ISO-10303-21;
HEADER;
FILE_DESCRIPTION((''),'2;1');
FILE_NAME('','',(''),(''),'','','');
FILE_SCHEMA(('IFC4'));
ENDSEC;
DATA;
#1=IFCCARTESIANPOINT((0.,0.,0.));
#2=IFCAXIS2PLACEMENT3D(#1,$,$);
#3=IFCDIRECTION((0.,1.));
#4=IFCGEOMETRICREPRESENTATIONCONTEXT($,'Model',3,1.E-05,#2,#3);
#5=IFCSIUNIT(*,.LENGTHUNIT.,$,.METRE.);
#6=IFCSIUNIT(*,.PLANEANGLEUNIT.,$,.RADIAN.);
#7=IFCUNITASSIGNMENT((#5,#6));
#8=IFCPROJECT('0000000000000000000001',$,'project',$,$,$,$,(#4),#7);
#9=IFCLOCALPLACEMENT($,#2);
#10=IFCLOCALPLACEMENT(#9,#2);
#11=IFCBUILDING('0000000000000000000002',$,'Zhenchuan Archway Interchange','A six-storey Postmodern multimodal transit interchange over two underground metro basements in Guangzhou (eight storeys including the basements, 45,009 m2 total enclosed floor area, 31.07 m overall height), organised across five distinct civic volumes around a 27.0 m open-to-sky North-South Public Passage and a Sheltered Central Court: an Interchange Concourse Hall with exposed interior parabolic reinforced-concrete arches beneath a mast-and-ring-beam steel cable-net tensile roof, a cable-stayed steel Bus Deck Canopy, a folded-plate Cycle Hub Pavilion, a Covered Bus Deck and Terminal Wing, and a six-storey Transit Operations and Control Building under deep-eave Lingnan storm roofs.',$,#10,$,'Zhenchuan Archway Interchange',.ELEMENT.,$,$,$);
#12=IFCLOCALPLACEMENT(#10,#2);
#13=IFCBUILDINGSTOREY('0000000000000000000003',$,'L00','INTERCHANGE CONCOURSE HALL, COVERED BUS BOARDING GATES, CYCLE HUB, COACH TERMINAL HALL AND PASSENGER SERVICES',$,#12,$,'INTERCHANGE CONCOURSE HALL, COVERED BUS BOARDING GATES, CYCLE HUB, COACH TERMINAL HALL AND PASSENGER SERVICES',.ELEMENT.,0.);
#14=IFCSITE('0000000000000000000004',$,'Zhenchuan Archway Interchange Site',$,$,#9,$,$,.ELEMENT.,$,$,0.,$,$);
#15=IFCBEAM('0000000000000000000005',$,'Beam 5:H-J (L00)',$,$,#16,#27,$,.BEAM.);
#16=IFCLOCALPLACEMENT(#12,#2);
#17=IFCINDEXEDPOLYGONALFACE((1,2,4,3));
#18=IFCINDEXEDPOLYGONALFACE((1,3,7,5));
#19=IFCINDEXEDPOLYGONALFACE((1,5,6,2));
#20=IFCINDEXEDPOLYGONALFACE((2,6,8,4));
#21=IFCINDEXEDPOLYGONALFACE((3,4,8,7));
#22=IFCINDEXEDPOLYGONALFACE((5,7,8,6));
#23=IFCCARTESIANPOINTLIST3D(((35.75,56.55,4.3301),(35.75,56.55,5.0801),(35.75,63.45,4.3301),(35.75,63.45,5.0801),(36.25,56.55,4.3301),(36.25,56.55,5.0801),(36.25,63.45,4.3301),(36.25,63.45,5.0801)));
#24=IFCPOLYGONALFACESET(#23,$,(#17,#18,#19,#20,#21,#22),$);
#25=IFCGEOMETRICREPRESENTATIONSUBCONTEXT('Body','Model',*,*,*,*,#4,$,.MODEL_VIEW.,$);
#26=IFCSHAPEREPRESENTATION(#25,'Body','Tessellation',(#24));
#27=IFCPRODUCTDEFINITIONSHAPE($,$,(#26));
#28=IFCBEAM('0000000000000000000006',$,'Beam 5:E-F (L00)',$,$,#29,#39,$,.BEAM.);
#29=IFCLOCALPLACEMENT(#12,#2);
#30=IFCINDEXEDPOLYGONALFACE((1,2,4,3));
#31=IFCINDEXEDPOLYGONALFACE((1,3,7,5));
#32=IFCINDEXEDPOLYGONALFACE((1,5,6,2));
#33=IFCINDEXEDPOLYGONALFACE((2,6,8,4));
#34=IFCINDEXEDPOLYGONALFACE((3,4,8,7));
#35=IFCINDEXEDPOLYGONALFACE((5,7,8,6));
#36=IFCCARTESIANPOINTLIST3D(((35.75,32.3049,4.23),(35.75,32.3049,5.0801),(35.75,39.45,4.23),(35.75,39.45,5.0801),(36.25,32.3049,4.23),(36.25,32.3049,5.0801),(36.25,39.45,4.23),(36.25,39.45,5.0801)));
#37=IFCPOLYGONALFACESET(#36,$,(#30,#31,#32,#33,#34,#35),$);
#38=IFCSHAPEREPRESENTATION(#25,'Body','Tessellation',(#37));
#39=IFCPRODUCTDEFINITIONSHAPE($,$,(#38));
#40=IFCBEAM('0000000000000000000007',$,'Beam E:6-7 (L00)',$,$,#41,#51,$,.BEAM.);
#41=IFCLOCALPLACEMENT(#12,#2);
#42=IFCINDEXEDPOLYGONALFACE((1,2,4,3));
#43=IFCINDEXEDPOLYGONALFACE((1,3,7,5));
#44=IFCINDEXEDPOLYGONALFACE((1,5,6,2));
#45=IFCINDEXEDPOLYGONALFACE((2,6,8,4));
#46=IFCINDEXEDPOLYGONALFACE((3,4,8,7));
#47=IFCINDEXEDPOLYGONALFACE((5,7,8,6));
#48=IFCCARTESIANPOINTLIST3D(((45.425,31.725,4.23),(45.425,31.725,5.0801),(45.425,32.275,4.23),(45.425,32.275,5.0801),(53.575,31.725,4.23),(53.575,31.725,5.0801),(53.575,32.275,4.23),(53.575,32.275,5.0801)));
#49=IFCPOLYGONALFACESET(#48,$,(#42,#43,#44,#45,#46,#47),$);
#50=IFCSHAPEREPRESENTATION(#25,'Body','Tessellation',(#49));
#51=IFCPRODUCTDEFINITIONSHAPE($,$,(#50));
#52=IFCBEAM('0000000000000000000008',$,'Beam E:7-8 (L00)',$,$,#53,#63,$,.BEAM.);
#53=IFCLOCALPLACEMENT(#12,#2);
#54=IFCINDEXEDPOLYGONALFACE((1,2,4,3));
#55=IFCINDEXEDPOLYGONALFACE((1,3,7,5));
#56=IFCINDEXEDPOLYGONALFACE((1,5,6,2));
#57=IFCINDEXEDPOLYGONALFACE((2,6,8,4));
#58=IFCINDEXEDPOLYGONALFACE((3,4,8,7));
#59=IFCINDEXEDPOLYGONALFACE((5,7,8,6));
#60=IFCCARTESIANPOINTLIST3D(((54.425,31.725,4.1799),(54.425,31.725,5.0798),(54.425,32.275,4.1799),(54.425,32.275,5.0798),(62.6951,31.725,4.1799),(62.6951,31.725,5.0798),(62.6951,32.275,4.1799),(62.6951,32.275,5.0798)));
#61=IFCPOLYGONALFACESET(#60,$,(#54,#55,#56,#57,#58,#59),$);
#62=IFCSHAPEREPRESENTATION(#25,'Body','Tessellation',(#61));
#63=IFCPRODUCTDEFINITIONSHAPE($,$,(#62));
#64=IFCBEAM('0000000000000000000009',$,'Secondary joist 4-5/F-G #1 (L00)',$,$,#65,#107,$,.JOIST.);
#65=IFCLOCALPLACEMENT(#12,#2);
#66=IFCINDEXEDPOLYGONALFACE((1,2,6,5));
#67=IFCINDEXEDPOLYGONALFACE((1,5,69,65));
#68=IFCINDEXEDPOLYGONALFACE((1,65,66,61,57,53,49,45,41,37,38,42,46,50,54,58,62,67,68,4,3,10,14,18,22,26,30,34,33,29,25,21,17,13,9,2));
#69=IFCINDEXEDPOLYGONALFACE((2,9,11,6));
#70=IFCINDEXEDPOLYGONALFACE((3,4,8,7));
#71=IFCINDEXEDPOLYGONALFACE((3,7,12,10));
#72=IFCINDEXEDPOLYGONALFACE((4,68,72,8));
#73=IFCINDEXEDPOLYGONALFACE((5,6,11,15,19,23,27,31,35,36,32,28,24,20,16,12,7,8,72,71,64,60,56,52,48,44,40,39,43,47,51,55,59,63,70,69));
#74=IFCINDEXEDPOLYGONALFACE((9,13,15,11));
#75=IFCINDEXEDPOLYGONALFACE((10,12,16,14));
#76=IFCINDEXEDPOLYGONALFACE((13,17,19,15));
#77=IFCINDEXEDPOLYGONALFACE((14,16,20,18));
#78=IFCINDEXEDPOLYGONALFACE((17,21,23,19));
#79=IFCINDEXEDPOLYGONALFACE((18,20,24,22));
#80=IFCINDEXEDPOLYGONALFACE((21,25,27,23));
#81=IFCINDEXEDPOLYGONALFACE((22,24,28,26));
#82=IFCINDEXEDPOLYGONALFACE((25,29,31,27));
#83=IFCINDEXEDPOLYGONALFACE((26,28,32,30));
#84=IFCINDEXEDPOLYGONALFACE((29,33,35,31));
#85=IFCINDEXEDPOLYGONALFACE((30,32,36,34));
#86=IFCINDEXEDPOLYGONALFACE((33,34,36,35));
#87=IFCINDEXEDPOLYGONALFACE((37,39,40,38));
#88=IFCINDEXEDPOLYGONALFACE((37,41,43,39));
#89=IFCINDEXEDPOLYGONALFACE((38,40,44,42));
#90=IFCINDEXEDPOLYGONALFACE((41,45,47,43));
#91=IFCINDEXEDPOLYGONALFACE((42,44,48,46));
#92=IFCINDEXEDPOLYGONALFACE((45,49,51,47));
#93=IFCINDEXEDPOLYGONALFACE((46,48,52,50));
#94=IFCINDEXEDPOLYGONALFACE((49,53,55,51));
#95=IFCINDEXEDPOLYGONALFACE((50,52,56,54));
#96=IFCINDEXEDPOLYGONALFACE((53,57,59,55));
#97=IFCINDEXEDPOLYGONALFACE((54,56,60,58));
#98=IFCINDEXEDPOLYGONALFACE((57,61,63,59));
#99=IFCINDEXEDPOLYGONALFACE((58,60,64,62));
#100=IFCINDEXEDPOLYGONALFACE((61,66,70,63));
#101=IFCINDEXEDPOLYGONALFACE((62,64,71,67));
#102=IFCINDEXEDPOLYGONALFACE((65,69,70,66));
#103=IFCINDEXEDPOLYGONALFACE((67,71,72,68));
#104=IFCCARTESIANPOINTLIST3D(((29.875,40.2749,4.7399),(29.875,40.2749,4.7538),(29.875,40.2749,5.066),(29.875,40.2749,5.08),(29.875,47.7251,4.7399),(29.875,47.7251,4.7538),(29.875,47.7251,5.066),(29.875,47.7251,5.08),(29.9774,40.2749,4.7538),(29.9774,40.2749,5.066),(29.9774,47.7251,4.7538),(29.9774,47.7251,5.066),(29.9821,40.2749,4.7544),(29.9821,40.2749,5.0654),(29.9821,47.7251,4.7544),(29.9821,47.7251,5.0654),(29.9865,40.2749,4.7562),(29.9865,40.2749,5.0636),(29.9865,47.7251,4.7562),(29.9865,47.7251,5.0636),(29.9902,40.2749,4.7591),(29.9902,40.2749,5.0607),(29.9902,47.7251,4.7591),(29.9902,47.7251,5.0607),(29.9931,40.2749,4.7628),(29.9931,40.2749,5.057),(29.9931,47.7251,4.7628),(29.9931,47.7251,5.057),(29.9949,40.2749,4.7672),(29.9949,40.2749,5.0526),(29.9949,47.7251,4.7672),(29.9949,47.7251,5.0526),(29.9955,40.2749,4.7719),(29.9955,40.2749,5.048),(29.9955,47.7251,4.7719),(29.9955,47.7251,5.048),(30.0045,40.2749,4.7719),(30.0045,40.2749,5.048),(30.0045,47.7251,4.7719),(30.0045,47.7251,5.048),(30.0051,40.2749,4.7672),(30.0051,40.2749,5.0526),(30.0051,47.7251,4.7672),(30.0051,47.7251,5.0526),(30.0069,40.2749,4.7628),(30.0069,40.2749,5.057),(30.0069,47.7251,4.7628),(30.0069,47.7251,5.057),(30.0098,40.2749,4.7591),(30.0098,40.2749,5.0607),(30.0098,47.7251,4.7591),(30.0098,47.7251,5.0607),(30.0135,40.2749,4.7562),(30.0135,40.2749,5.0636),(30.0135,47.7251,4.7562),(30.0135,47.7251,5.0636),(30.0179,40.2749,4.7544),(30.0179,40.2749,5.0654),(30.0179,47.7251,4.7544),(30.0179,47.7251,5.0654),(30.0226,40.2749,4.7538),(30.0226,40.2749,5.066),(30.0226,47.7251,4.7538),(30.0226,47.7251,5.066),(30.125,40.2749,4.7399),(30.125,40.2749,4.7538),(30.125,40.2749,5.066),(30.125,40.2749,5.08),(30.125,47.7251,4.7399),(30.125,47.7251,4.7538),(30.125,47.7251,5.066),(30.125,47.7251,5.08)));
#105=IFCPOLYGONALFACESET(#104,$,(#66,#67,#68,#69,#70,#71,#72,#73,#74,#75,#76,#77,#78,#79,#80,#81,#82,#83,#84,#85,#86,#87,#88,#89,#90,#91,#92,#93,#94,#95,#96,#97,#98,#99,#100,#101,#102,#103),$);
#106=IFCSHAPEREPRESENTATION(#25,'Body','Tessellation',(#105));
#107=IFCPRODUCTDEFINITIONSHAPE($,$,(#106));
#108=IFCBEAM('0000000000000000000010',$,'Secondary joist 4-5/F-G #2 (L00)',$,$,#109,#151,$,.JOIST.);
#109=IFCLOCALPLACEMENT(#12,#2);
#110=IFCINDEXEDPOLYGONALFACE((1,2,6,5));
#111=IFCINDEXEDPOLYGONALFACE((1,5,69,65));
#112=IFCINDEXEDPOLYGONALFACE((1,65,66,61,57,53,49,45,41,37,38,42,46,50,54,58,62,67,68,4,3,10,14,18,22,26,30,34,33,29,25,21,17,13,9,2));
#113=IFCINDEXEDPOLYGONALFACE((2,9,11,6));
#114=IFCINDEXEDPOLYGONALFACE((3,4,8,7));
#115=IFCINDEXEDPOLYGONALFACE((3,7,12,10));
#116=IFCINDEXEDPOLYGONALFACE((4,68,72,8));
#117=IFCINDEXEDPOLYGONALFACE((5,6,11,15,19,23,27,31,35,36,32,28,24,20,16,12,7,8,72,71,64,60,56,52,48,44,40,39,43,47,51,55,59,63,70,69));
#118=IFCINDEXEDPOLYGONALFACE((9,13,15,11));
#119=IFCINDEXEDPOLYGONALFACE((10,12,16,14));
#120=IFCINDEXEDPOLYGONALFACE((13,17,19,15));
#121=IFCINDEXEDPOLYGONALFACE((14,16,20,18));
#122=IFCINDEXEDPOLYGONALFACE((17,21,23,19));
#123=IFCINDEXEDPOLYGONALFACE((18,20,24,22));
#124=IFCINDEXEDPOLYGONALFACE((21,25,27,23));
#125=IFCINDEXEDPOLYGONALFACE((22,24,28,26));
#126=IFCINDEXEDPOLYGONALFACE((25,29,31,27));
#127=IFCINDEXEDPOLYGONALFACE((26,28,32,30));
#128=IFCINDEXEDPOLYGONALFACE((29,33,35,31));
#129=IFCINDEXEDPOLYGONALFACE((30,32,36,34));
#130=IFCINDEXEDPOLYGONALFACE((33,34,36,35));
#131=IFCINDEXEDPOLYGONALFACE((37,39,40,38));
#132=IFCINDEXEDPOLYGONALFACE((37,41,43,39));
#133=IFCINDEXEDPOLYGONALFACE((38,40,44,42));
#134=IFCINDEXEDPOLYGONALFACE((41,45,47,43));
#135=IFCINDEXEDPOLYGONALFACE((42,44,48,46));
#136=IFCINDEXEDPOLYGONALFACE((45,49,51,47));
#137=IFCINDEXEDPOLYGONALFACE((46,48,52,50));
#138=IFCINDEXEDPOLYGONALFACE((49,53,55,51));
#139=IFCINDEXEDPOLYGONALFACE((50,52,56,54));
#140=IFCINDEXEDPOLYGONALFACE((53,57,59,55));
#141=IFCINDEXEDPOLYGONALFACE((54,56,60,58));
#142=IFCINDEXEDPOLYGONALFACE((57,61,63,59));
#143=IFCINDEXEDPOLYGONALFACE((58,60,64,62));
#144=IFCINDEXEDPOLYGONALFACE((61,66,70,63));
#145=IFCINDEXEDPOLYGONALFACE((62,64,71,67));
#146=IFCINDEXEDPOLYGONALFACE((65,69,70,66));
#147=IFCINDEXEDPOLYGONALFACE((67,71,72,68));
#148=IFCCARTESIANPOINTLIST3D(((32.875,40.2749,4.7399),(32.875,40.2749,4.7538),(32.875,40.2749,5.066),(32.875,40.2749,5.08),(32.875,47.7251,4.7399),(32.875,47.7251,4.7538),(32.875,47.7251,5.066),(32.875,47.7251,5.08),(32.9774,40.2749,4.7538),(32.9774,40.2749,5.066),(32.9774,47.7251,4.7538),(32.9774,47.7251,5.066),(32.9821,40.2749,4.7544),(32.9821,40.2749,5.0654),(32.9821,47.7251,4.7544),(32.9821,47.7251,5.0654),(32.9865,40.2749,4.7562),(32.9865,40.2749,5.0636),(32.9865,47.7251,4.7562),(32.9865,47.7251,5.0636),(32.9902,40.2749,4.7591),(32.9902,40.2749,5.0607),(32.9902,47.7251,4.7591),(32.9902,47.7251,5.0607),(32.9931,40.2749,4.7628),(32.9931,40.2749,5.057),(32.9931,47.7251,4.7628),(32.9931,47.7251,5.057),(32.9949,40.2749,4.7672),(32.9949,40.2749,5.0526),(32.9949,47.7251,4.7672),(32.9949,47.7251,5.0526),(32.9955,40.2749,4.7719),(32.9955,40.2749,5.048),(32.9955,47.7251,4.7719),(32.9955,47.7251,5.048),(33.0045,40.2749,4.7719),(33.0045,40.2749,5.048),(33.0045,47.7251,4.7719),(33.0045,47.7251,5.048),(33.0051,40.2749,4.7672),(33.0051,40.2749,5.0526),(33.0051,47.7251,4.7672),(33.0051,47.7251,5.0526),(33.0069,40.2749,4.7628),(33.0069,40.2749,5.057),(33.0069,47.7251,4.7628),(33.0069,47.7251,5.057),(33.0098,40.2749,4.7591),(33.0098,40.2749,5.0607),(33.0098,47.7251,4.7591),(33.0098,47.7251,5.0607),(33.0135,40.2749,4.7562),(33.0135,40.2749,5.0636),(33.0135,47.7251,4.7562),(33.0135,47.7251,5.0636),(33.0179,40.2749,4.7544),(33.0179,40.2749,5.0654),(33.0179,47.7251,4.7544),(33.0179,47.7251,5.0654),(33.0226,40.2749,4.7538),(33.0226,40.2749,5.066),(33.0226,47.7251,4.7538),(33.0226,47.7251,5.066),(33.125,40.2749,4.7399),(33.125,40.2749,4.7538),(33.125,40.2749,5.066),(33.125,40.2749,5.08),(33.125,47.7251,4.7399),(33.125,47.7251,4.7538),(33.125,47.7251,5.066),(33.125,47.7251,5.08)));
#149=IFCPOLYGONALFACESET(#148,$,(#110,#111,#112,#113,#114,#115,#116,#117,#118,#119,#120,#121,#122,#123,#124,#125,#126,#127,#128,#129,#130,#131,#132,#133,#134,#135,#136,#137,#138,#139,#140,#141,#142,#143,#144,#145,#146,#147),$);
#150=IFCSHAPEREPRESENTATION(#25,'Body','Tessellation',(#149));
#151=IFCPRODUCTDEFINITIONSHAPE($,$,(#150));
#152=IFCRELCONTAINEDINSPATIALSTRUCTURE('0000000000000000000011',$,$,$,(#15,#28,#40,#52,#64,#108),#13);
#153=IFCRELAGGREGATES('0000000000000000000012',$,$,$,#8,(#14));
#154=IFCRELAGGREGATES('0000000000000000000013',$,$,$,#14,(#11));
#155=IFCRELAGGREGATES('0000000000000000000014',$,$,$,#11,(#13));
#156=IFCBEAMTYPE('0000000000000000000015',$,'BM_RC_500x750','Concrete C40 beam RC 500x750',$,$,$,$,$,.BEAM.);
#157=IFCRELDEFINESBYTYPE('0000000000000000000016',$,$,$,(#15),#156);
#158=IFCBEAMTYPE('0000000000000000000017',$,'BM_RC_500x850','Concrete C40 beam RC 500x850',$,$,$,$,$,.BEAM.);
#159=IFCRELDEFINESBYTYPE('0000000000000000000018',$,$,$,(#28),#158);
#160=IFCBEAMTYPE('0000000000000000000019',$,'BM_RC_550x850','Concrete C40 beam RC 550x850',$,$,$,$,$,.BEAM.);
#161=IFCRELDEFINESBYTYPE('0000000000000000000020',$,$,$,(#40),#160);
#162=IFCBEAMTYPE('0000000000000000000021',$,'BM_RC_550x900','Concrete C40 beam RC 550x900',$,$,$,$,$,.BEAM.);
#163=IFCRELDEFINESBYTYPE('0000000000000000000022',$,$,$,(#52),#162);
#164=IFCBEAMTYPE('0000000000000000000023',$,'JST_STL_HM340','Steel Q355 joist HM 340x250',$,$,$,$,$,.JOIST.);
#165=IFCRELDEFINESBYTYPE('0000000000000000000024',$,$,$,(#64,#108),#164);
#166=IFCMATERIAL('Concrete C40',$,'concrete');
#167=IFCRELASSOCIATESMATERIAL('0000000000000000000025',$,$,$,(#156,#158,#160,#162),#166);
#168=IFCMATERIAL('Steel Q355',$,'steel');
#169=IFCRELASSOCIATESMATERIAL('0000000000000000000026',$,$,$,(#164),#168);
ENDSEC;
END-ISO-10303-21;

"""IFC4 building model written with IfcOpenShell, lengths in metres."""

from ifc_helpers import new_model, si_unit, direction, frame, origin, origin_2d, place, context, subcontext, project, spatial, rectangle, i_section, extrude, material, material_profile, profile_set, type_object, element, save


model = new_model("IFC4")

# Units and contexts
model_context = context("Model", 3, precision=1e-05, world=origin(), true_north=direction((0.0, 1.0)))
body_context = subcontext(model_context, "Body", "Model", "MODEL_VIEW")
ifc_project = project(units=[si_unit("LENGTHUNIT", "METRE"), si_unit("PLANEANGLEUNIT", "RADIAN")], contexts=[model_context])

# Site, building, storey
site_placement = place(None, origin())
site = spatial("IfcSite", under=ifc_project, at=site_placement, Name="Zhenchuan Archway Interchange Site", CompositionType="ELEMENT", RefElevation=0.0)
building_placement = place(site_placement, origin())
building = spatial("IfcBuilding", under=site, at=building_placement, Name="Zhenchuan Archway Interchange", Description="A six-storey Postmodern multimodal transit interchange over two underground metro basements in Guangzhou (eight storeys including the basements, 45,009 m2 total enclosed floor area, 31.07 m overall height), organised across five distinct civic volumes around a 27.0 m open-to-sky North-South Public Passage and a Sheltered Central Court: an Interchange Concourse Hall with exposed interior parabolic reinforced-concrete arches beneath a mast-and-ring-beam steel cable-net tensile roof, a cable-stayed steel Bus Deck Canopy, a folded-plate Cycle Hub Pavilion, a Covered Bus Deck and Terminal Wing, and a six-storey Transit Operations and Control Building under deep-eave Lingnan storm roofs.", LongName="Zhenchuan Archway Interchange", CompositionType="ELEMENT")
storey_placement = place(building_placement, origin())
storey = spatial("IfcBuildingStorey", under=building, at=storey_placement, Name="L00", Description="INTERCHANGE CONCOURSE HALL, COVERED BUS BOARDING GATES, CYCLE HUB, COACH TERMINAL HALL AND PASSENGER SERVICES", LongName="INTERCHANGE CONCOURSE HALL, COVERED BUS BOARDING GATES, CYCLE HUB, COACH TERMINAL HALL AND PASSENGER SERVICES", CompositionType="ELEMENT", Elevation=0.0)

# Shared definitions
ifc_material_1 = material(Name="Concrete C40", Category="concrete")

# Beams
ifc_material_profile_1 = material_profile(ifc_material_1, rectangle(XDim=0.5, YDim=0.75, at=origin_2d()), Name="RC 500x750")
ifc_profile_set_1 = profile_set([ifc_material_profile_1], Name="Concrete C40")
beam_type_1 = type_object("IfcBeamType", Name="BM_RC_500x750", Description="Concrete C40 beam RC 500x750", PredefinedType="BEAM", material=ifc_profile_set_1)
for number, where, z_axis, x_axis, name in (
    (1, (36.0, 56.55, 4.7051), (0.0, 1.0, 0.0), (-1.0, 0.0, 0.0), "Beam 5:H-J (L00)"),
):
    element("IfcBeam", number, at=place(storey_placement, frame(where, z_axis=z_axis, x_axis=x_axis)), inside=storey, type_object=beam_type_1, Name=name, PredefinedType="BEAM", context=body_context, shape_type="SweptSolid", body=[
        extrude(rectangle(XDim=0.5, YDim=0.75, at=origin_2d()), origin(), (0.0, 0.0, 1.0), 6.8999),
    ])
ifc_material_profile_2 = material_profile(ifc_material_1, rectangle(XDim=0.5, YDim=0.8501, at=origin_2d()), Name="RC 500x850")
ifc_profile_set_2 = profile_set([ifc_material_profile_2], Name="Concrete C40")
beam_type_2 = type_object("IfcBeamType", Name="BM_RC_500x850", Description="Concrete C40 beam RC 500x850", PredefinedType="BEAM", material=ifc_profile_set_2)
beam_1_placement = place(storey_placement, frame((36.0, 32.3049, 4.655), z_axis=(0.0, 1.0, 0.0), x_axis=(-1.0, 0.0, 0.0)))
element("IfcBeam", 2, at=beam_1_placement, inside=storey, type_object=beam_type_2, Name="Beam 5:E-F (L00)", PredefinedType="BEAM", context=body_context, shape_type="SweptSolid", body=[
    extrude(rectangle(XDim=0.5, YDim=0.8501, at=origin_2d()), origin(), (0.0, 0.0, 1.0), 7.145),
])
ifc_material_profile_3 = material_profile(ifc_material_1, rectangle(XDim=0.55, YDim=0.8501, at=origin_2d()), Name="RC 550x850")
ifc_profile_set_3 = profile_set([ifc_material_profile_3], Name="Concrete C40")
beam_type_3 = type_object("IfcBeamType", Name="BM_RC_550x850", Description="Concrete C40 beam RC 550x850", PredefinedType="BEAM", material=ifc_profile_set_3)
beam_2_placement = place(storey_placement, frame((45.425, 32.0, 4.655), z_axis=(1.0, 0.0, 0.0), x_axis=(0.0, 1.0, 0.0)))
element("IfcBeam", 3, at=beam_2_placement, inside=storey, type_object=beam_type_3, Name="Beam E:6-7 (L00)", PredefinedType="BEAM", context=body_context, shape_type="SweptSolid", body=[
    extrude(rectangle(XDim=0.55, YDim=0.8501, at=origin_2d()), origin(), (0.0, 0.0, 1.0), 8.1499),
])
ifc_material_profile_4 = material_profile(ifc_material_1, rectangle(XDim=0.55, YDim=0.8999, at=origin_2d()), Name="RC 550x900")
ifc_profile_set_4 = profile_set([ifc_material_profile_4], Name="Concrete C40")
beam_type_4 = type_object("IfcBeamType", Name="BM_RC_550x900", Description="Concrete C40 beam RC 550x900", PredefinedType="BEAM", material=ifc_profile_set_4)
beam_3_placement = place(storey_placement, frame((54.425, 32.0, 4.6299), z_axis=(1.0, 0.0, 0.0), x_axis=(0.0, 1.0, 0.0)))
element("IfcBeam", 4, at=beam_3_placement, inside=storey, type_object=beam_type_4, Name="Beam E:7-8 (L00)", PredefinedType="BEAM", context=body_context, shape_type="SweptSolid", body=[
    extrude(rectangle(XDim=0.55, YDim=0.8999, at=origin_2d()), origin(), (0.0, 0.0, 1.0), 8.27),
])
ifc_material_2 = material(Name="Steel Q355", Category="steel")
ifc_material_profile_5 = material_profile(ifc_material_2, i_section(OverallWidth=0.25, OverallDepth=0.3401, WebThickness=0.009, FlangeThickness=0.0139, FilletRadius=0.0181, at=origin_2d()), Name="HM 340x250")
ifc_profile_set_5 = profile_set([ifc_material_profile_5], Name="Steel Q355")
beam_type_5 = type_object("IfcBeamType", Name="JST_STL_HM340", Description="Steel Q355 joist HM 340x250", PredefinedType="JOIST", material=ifc_profile_set_5)
for number, where, z_axis, x_axis, name in (
    (5, (30.0, 40.2749, 4.9099), (0.0, 1.0, 0.0), (-1.0, 0.0, 0.0), "Secondary joist 4-5/F-G #1 (L00)"),
    (6, (33.0, 40.2749, 4.9099), (0.0, 1.0, 0.0), (-1.0, 0.0, 0.0), "Secondary joist 4-5/F-G #2 (L00)"),
):
    element("IfcBeam", number, at=place(storey_placement, frame(where, z_axis=z_axis, x_axis=x_axis)), inside=storey, type_object=beam_type_5, Name=name, PredefinedType="JOIST", context=body_context, shape_type="SweptSolid", body=[
        extrude(i_section(OverallWidth=0.25, OverallDepth=0.3401, WebThickness=0.009, FlangeThickness=0.0139, FilletRadius=0.0181, at=origin_2d()), origin(), (0.0, 0.0, 1.0), 7.4502),
    ])

save(model, "model.ifc")
